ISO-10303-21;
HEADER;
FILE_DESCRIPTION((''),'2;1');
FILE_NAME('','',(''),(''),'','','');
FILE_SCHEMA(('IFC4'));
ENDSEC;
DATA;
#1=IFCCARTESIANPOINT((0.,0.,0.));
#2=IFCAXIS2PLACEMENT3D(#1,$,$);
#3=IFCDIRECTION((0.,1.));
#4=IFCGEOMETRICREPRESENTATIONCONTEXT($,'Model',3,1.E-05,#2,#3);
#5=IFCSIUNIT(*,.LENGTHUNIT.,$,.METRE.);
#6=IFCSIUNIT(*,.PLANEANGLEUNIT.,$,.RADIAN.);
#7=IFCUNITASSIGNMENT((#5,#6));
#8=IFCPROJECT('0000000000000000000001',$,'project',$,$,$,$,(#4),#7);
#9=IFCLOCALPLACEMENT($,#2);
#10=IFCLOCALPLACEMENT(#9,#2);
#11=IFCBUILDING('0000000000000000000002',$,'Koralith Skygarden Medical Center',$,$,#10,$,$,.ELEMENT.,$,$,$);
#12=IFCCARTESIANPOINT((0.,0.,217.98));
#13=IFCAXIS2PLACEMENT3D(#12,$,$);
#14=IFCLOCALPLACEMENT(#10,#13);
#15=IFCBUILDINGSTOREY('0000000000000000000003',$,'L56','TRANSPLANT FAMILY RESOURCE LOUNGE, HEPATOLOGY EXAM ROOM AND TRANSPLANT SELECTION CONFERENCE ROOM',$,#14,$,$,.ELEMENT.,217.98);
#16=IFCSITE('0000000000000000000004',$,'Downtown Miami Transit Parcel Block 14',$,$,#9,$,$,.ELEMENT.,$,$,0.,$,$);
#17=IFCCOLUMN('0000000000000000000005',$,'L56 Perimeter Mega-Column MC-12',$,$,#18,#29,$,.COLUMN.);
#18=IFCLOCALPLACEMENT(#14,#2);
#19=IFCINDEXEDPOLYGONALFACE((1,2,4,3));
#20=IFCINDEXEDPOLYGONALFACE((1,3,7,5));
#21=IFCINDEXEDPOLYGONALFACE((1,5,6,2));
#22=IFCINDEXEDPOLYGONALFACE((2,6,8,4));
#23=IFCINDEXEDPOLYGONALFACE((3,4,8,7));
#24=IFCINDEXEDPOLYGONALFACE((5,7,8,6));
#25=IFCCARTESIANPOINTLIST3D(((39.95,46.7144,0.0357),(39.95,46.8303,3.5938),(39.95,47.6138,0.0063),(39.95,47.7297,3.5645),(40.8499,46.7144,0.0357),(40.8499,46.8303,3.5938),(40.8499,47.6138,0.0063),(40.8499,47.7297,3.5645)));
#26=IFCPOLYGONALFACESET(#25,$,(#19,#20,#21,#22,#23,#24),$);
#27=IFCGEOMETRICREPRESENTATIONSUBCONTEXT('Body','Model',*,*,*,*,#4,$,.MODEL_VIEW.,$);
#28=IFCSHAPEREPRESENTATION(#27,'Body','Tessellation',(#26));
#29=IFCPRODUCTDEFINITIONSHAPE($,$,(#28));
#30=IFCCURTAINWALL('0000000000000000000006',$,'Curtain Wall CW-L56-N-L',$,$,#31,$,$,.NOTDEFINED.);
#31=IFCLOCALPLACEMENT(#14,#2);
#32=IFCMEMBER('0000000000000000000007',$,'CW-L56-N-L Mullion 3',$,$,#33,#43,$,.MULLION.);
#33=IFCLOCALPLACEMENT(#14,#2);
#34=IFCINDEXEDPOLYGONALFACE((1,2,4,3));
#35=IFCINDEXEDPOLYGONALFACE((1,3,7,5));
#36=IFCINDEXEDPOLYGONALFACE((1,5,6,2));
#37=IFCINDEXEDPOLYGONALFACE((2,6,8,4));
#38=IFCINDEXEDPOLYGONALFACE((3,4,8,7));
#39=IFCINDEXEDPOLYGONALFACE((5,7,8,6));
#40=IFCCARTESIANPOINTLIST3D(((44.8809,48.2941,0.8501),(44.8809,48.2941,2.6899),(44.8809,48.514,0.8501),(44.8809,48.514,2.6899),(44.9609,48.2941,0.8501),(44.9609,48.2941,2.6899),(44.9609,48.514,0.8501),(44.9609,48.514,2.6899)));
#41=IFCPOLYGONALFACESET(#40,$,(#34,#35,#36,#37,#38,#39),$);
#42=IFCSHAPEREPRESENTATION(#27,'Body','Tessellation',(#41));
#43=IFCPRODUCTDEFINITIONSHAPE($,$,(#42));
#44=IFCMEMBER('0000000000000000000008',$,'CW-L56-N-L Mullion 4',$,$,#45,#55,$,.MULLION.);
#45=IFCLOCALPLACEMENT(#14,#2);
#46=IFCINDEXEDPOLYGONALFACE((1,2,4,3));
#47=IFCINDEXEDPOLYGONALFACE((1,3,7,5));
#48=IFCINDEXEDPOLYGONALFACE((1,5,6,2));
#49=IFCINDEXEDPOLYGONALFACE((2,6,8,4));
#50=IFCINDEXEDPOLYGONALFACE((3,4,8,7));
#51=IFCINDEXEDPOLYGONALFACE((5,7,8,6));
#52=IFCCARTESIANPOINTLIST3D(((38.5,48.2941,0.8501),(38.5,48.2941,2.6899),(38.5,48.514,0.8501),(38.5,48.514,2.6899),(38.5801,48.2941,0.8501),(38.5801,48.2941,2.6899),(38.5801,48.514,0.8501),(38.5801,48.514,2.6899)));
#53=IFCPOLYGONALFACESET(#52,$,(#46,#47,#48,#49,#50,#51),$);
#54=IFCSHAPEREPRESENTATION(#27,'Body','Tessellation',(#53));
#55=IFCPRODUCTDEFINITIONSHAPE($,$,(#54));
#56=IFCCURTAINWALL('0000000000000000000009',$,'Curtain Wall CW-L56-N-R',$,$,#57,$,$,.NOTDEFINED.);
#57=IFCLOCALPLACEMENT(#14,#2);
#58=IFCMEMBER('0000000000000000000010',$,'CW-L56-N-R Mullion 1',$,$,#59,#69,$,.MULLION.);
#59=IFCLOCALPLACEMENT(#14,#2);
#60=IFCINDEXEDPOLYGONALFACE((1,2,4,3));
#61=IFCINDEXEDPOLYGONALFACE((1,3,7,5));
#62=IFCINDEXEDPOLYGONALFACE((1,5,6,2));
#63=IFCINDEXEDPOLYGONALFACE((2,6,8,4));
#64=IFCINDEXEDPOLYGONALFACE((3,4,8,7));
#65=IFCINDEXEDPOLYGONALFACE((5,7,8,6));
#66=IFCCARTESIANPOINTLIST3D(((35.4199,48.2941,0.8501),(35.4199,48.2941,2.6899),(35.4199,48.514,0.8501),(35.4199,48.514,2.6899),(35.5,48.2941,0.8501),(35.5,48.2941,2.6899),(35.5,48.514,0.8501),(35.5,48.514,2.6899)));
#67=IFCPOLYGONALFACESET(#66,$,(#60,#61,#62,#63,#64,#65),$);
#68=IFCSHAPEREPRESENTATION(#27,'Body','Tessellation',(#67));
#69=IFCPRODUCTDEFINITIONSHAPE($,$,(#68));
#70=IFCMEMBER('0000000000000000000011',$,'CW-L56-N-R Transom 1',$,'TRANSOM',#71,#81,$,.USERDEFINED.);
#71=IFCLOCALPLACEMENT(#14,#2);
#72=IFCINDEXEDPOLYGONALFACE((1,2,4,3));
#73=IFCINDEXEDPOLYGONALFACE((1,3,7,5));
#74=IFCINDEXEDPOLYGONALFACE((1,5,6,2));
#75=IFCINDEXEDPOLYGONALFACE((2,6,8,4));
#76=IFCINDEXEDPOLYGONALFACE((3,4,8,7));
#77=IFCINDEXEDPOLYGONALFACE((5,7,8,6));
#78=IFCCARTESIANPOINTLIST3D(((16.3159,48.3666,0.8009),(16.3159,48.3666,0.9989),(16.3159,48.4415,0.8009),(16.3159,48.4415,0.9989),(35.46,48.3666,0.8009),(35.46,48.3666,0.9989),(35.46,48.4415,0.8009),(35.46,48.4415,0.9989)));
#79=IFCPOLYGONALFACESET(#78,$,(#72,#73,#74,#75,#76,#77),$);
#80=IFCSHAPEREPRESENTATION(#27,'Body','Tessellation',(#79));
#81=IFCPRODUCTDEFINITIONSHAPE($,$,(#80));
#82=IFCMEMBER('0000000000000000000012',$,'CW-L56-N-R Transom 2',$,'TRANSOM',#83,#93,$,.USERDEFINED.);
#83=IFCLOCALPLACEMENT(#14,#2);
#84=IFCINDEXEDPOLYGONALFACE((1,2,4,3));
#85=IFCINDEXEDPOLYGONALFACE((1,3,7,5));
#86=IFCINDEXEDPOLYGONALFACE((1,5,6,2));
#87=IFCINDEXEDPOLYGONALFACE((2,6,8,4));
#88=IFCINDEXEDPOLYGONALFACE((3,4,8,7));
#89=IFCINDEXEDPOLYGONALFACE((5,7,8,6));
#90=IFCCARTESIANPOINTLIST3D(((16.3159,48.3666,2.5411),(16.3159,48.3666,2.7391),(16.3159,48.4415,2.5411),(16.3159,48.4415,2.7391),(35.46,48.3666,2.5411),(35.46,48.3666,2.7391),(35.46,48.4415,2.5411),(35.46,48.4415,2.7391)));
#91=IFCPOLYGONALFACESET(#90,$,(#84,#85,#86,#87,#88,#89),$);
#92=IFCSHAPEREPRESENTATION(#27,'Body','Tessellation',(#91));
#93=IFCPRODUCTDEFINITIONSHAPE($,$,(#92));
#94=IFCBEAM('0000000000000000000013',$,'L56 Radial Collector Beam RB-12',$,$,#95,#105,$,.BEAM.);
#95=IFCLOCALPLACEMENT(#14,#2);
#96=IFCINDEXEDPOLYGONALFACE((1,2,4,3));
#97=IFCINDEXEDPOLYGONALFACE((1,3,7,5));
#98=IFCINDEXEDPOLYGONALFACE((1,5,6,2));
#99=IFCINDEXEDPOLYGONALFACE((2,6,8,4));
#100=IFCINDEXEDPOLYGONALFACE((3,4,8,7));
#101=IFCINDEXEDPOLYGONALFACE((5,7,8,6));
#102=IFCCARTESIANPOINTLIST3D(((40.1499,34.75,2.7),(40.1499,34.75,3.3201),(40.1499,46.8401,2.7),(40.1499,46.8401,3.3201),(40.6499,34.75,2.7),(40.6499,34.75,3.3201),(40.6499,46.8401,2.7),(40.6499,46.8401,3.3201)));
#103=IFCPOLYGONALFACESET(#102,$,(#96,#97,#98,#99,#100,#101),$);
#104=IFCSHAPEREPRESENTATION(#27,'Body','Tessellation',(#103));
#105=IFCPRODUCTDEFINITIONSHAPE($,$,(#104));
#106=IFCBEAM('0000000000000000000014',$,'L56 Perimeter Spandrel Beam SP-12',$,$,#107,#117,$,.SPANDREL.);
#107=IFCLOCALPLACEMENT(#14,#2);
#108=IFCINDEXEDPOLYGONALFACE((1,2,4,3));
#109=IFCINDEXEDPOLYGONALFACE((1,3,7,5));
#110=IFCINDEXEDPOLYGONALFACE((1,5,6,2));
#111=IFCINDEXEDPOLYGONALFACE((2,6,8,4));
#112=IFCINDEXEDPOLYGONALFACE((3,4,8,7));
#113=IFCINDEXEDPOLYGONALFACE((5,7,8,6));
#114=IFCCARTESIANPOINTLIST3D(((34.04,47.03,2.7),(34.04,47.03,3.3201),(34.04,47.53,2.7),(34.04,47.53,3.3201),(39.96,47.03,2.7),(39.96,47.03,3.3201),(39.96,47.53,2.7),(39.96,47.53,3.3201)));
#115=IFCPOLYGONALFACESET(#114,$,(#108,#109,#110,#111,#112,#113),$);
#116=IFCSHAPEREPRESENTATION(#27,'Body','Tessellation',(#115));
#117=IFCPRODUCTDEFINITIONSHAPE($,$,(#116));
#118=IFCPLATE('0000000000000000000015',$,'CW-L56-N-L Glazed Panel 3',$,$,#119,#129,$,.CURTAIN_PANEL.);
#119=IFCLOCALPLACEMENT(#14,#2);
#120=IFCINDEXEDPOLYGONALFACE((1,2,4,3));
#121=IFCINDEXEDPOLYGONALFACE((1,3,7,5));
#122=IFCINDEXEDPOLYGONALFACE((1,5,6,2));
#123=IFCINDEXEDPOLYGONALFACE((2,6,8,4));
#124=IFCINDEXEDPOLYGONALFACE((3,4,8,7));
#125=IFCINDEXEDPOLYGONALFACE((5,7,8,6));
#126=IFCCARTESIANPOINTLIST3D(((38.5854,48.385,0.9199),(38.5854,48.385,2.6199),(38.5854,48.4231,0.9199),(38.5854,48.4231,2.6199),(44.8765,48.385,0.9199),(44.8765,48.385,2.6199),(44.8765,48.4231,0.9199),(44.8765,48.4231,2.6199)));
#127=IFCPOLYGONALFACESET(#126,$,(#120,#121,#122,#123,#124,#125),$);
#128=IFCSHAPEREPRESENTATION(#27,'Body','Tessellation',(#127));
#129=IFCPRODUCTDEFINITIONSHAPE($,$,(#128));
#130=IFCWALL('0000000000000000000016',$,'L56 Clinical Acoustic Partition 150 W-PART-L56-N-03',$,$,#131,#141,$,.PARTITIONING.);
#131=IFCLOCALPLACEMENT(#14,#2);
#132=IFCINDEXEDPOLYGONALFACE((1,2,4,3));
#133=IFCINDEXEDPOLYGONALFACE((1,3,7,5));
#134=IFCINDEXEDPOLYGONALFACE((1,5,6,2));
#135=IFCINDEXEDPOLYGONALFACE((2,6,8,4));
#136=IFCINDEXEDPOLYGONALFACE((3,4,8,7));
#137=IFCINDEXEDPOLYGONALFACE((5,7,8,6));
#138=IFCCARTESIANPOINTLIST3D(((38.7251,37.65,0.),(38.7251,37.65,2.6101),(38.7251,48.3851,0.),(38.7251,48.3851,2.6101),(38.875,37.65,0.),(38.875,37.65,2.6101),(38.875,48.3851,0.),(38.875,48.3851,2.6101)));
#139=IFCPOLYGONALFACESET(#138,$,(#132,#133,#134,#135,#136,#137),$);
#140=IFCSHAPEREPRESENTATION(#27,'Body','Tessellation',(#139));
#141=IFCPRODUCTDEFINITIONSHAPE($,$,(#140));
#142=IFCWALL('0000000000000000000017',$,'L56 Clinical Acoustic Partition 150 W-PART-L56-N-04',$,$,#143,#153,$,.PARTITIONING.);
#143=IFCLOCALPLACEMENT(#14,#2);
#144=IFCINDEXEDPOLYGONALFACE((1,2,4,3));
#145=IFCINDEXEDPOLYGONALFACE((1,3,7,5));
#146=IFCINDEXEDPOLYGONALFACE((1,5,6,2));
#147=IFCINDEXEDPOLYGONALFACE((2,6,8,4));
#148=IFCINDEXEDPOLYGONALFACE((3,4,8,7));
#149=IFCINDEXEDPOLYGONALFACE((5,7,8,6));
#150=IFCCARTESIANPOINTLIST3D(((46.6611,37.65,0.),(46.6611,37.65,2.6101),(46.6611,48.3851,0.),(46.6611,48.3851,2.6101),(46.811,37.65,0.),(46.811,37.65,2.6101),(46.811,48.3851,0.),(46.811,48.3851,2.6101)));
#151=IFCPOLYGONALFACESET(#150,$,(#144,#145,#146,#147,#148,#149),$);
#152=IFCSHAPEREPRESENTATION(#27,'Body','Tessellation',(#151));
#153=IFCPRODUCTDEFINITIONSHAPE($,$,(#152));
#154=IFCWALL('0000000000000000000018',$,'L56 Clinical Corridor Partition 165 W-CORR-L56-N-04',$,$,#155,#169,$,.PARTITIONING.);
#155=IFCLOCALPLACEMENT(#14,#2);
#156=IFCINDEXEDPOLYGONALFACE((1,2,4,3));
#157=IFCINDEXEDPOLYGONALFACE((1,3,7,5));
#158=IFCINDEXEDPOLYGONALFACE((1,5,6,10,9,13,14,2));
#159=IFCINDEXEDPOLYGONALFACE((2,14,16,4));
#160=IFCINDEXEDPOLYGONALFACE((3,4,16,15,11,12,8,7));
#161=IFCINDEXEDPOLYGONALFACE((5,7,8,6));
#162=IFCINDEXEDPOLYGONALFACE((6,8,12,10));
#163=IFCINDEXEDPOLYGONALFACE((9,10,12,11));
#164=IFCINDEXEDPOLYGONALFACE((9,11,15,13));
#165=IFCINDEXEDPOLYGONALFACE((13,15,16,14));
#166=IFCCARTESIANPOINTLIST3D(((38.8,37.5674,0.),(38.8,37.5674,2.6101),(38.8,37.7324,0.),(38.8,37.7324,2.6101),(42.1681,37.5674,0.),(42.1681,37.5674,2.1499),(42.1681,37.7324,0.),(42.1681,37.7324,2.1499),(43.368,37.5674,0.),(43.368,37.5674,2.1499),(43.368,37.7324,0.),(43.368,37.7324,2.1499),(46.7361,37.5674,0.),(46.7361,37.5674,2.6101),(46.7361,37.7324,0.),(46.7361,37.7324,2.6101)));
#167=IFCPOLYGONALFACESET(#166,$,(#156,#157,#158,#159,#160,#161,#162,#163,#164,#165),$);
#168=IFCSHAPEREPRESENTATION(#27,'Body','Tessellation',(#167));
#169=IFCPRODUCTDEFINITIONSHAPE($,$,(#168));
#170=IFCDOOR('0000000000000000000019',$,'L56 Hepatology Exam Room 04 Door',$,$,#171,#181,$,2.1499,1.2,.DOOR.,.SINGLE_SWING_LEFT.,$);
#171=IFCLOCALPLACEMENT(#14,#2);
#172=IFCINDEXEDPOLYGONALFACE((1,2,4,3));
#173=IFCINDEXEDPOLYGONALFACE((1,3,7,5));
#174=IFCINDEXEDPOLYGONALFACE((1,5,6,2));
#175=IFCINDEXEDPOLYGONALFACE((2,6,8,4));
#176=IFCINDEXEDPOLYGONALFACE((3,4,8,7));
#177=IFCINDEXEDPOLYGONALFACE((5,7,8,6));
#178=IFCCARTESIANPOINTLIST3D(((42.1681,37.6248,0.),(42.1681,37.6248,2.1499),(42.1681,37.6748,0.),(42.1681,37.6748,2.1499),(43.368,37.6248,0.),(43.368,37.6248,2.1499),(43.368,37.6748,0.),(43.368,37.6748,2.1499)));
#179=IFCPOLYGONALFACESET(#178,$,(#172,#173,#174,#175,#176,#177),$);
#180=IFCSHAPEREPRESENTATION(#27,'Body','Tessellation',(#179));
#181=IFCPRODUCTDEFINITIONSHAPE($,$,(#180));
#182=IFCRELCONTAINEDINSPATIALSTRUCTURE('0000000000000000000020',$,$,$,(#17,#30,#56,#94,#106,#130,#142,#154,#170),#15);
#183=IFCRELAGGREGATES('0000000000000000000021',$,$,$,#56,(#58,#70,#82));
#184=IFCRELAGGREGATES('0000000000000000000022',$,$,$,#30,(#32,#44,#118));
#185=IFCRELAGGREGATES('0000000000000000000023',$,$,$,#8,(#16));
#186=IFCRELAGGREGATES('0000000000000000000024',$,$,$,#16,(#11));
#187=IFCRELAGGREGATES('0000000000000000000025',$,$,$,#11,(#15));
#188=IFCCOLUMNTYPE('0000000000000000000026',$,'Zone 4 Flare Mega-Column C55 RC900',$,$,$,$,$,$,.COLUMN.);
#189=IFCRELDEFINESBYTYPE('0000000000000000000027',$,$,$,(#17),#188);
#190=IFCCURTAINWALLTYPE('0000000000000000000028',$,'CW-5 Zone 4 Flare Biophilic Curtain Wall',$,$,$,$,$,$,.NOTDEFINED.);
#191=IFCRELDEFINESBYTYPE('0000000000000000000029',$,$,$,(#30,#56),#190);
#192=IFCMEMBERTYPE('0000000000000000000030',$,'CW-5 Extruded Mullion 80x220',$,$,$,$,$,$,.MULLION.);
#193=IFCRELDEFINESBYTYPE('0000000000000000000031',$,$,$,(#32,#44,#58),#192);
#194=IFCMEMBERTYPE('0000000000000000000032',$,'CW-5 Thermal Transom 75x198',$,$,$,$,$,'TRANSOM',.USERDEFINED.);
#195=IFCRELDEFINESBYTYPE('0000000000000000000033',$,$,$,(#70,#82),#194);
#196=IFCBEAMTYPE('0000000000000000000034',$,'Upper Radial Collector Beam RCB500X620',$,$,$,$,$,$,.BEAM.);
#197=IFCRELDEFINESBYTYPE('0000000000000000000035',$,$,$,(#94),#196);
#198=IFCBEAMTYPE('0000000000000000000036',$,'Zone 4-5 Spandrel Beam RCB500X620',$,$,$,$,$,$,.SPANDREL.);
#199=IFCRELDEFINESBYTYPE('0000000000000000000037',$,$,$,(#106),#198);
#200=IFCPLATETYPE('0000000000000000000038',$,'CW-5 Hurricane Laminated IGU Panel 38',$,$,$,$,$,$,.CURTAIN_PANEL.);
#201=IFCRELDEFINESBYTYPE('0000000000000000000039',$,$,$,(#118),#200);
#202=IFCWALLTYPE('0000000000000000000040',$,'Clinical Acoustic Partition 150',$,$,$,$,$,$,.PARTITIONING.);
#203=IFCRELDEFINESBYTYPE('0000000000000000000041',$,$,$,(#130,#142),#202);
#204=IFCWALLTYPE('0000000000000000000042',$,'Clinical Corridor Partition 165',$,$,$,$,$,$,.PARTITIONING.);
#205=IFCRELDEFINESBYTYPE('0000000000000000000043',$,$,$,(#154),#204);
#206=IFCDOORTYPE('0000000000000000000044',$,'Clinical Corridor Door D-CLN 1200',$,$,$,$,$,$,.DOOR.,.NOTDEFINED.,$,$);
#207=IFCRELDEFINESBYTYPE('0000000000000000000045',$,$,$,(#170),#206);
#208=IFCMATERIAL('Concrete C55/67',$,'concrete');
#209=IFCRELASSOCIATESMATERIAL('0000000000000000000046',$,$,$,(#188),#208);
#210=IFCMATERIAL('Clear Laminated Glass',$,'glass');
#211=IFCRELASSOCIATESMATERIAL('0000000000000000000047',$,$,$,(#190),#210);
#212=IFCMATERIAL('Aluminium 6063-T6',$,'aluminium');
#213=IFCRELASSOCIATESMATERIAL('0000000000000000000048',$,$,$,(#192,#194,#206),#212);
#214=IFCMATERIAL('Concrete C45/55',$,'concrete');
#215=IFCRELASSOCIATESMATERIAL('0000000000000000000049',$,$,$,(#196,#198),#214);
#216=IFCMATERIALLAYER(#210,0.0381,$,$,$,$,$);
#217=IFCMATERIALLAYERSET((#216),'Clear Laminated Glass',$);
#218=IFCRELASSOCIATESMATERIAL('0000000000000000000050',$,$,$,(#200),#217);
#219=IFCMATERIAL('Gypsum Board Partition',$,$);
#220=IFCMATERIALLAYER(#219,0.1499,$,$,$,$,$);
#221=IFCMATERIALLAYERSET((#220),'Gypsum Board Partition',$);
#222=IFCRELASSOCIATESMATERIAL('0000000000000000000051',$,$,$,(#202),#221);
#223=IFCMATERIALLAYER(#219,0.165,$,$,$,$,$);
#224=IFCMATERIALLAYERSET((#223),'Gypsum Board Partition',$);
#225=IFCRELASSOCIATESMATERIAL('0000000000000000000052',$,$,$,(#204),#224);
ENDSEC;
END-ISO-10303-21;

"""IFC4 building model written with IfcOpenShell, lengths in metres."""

from ifc_helpers import new_model, si_unit, direction, frame, frame_2d, origin, origin_2d, place, context, subcontext, project, spatial, rectangle, extrude, material, layer, layer_set, material_profile, profile_set, type_object, element, fill, aggregate, save


model = new_model("IFC4")

# Units and contexts
model_context = context("Model", 3, precision=1e-05, world=origin(), true_north=direction((0.0, 1.0)))
body_context = subcontext(model_context, "Body", "Model", "MODEL_VIEW")
ifc_project = project(units=[si_unit("LENGTHUNIT", "METRE"), si_unit("PLANEANGLEUNIT", "RADIAN")], contexts=[model_context])

# Site, building, storey
site_placement = place(None, origin())
site = spatial("IfcSite", under=ifc_project, at=site_placement, Name="Downtown Miami Transit Parcel Block 14", CompositionType="ELEMENT", RefElevation=0.0)
building_placement = place(site_placement, origin())
building = spatial("IfcBuilding", under=site, at=building_placement, Name="Koralith Skygarden Medical Center", CompositionType="ELEMENT")
storey_placement = place(building_placement, frame((0.0, 0.0, 217.98)))
storey = spatial("IfcBuildingStorey", under=building, at=storey_placement, Name="L56", Description="TRANSPLANT FAMILY RESOURCE LOUNGE, HEPATOLOGY EXAM ROOM AND TRANSPLANT SELECTION CONFERENCE ROOM", CompositionType="ELEMENT", Elevation=217.98)

# Column
ifc_material_1 = material(Name="Concrete C55/67", Category="concrete")
ifc_material_profile_1 = material_profile(ifc_material_1, rectangle(XDim=0.8999, YDim=0.8999, at=origin_2d()), Name="RC900X900")
ifc_profile_set_1 = profile_set([ifc_material_profile_1], Name="Concrete C55/67")
column_type = type_object("IfcColumnType", Name="Zone 4 Flare Mega-Column C55 RC900", PredefinedType="COLUMN", material=ifc_profile_set_1)
column_placement = place(storey_placement, frame((40.3999, 47.1641, 0.021), z_axis=(0.0, 0.032575, 0.999469), x_axis=(-1.0, 0.0, 0.0)))
element("IfcColumn", 1, at=column_placement, inside=storey, type_object=column_type, Name="L56 Perimeter Mega-Column MC-12", PredefinedType="COLUMN", context=body_context, shape_type="SweptSolid", body=[
    extrude(rectangle(XDim=0.8999, YDim=0.8999, at=origin_2d()), origin(), (0.0, 0.0, 1.0), 3.5601),
])

# Curtain walls, members
ifc_material_2 = material(Name="Clear Laminated Glass", Category="glass")
curtain_wall_type = type_object("IfcCurtainWallType", Name="CW-5 Zone 4 Flare Biophilic Curtain Wall", PredefinedType="NOTDEFINED", material=ifc_material_2)
curtain_wall_1_placement = place(storey_placement, origin())
curtain_wall_1 = element("IfcCurtainWall", 2, at=curtain_wall_1_placement, inside=storey, type_object=curtain_wall_type, Name="Curtain Wall CW-L56-N-L", PredefinedType="NOTDEFINED")
ifc_material_3 = material(Name="Aluminium 6063-T6", Category="aluminium")
ifc_material_profile_2 = material_profile(ifc_material_3, rectangle(XDim=0.0801, YDim=0.22, at=origin_2d()), Name="MUL80X220")
ifc_profile_set_2 = profile_set([ifc_material_profile_2], Name="Aluminium 6063-T6")
member_type_1 = type_object("IfcMemberType", Name="CW-5 Extruded Mullion 80x220", PredefinedType="MULLION", material=ifc_profile_set_2)
member_1_placement = place(storey_placement, frame((44.9209, 48.4041, 0.8501), z_axis=(0.0, 0.0, 1.0), x_axis=(1.0, 0.0, 0.0)))
member_1 = element("IfcMember", 3, at=member_1_placement, type_object=member_type_1, Name="CW-L56-N-L Mullion 3", PredefinedType="MULLION", context=body_context, shape_type="SweptSolid", body=[
    extrude(rectangle(XDim=0.0801, YDim=0.22, at=origin_2d()), origin(), (0.0, 0.0, 1.0), 1.8398),
])
member_2_placement = place(storey_placement, frame((38.54, 48.4041, 0.8501), z_axis=(0.0, 0.0, 1.0), x_axis=(1.0, 0.0, 0.0)))
member_2 = element("IfcMember", 4, at=member_2_placement, type_object=member_type_1, Name="CW-L56-N-L Mullion 4", PredefinedType="MULLION", context=body_context, shape_type="SweptSolid", body=[
    extrude(rectangle(XDim=0.0801, YDim=0.22, at=origin_2d()), origin(), (0.0, 0.0, 1.0), 1.8398),
])
curtain_wall_2_placement = place(storey_placement, origin())
curtain_wall_2 = element("IfcCurtainWall", 5, at=curtain_wall_2_placement, inside=storey, type_object=curtain_wall_type, Name="Curtain Wall CW-L56-N-R", PredefinedType="NOTDEFINED")
member_3_placement = place(storey_placement, frame((35.46, 48.4041, 0.8501), z_axis=(0.0, 0.0, 1.0), x_axis=(1.0, 0.0, 0.0)))
member_3 = element("IfcMember", 6, at=member_3_placement, type_object=member_type_1, Name="CW-L56-N-R Mullion 1", PredefinedType="MULLION", context=body_context, shape_type="SweptSolid", body=[
    extrude(rectangle(XDim=0.0801, YDim=0.22, at=origin_2d()), origin(), (0.0, 0.0, 1.0), 1.8398),
])
ifc_material_profile_3 = material_profile(ifc_material_3, rectangle(XDim=0.075, YDim=0.198, at=origin_2d()), Name="TRN75X198")
ifc_profile_set_3 = profile_set([ifc_material_profile_3], Name="Aluminium 6063-T6")
member_type_2 = type_object("IfcMemberType", Name="CW-5 Thermal Transom 75x198", ElementType="TRANSOM", PredefinedType="USERDEFINED", material=ifc_profile_set_3)
member_4_placement = place(storey_placement, frame((35.46, 48.4041, 0.8999), z_axis=(-1.0, 0.0, 0.0), x_axis=(0.0, -1.0, 0.0)))
member_4 = element("IfcMember", 7, at=member_4_placement, type_object=member_type_2, Name="CW-L56-N-R Transom 1", ObjectType="TRANSOM", PredefinedType="USERDEFINED", context=body_context, shape_type="SweptSolid", body=[
    extrude(rectangle(XDim=0.075, YDim=0.198, at=origin_2d()), origin(), (0.0, 0.0, 1.0), 19.144),
])
member_5_placement = place(storey_placement, frame((35.46, 48.4041, 2.6401), z_axis=(-1.0, 0.0, 0.0), x_axis=(0.0, -1.0, 0.0)))
member_5 = element("IfcMember", 8, at=member_5_placement, type_object=member_type_2, Name="CW-L56-N-R Transom 2", ObjectType="TRANSOM", PredefinedType="USERDEFINED", context=body_context, shape_type="SweptSolid", body=[
    extrude(rectangle(XDim=0.075, YDim=0.198, at=origin_2d()), origin(), (0.0, 0.0, 1.0), 19.144),
])
aggregate(curtain_wall_2, [member_3, member_4, member_5])

# Beams
ifc_material_4 = material(Name="Concrete C45/55", Category="concrete")
ifc_material_profile_4 = material_profile(ifc_material_4, rectangle(XDim=0.5, YDim=0.6201, at=origin_2d()), Name="RCB500X620")
ifc_profile_set_4 = profile_set([ifc_material_profile_4], Name="Concrete C45/55")
beam_type_1 = type_object("IfcBeamType", Name="Upper Radial Collector Beam RCB500X620", PredefinedType="BEAM", material=ifc_profile_set_4)
beam_1_placement = place(storey_placement, frame((40.3999, 34.75, 3.01), z_axis=(0.0, 1.0, 0.0), x_axis=(-1.0, 0.0, 0.0)))
element("IfcBeam", 9, at=beam_1_placement, inside=storey, type_object=beam_type_1, Name="L56 Radial Collector Beam RB-12", PredefinedType="BEAM", context=body_context, shape_type="SweptSolid", body=[
    extrude(rectangle(XDim=0.5, YDim=0.6201, at=origin_2d()), origin(), (0.0, 0.0, 1.0), 12.0901),
])
ifc_material_profile_5 = material_profile(ifc_material_4, rectangle(XDim=0.5, YDim=0.6201, at=origin_2d()), Name="RCB500X620")
ifc_profile_set_5 = profile_set([ifc_material_profile_5], Name="Concrete C45/55")
beam_type_2 = type_object("IfcBeamType", Name="Zone 4-5 Spandrel Beam RCB500X620", PredefinedType="SPANDREL", material=ifc_profile_set_5)
beam_2_placement = place(storey_placement, frame((39.96, 47.28, 3.01), z_axis=(-1.0, 0.0, 0.0), x_axis=(0.0, -1.0, 0.0)))
element("IfcBeam", 10, at=beam_2_placement, inside=storey, type_object=beam_type_2, Name="L56 Perimeter Spandrel Beam SP-12", PredefinedType="SPANDREL", context=body_context, shape_type="SweptSolid", body=[
    extrude(rectangle(XDim=0.5, YDim=0.6201, at=origin_2d()), origin(), (0.0, 0.0, 1.0), 5.9199),
])

# Plate
ifc_layer_1 = layer(ifc_material_2, 0.0381)
ifc_layer_set_1 = layer_set([ifc_layer_1], Name="Clear Laminated Glass")
plate_type = type_object("IfcPlateType", Name="CW-5 Hurricane Laminated IGU Panel 38", PredefinedType="CURTAIN_PANEL", material=ifc_layer_set_1)
plate_placement = place(storey_placement, frame((41.731, 48.4041, 0.9199), z_axis=(0.0, 0.0, 1.0), x_axis=(-1.0, 0.0, 0.0)))
plate = element("IfcPlate", 11, at=plate_placement, type_object=plate_type, Name="CW-L56-N-L Glazed Panel 3", PredefinedType="CURTAIN_PANEL", context=body_context, shape_type="SweptSolid", body=[
    extrude(rectangle(XDim=6.291, YDim=0.0381, at=origin_2d()), origin(), (0.0, 0.0, 1.0), 1.7),
])
aggregate(curtain_wall_1, [member_1, member_2, plate])

# Walls
ifc_material_5 = material(Name="Gypsum Board Partition")
ifc_layer_2 = layer(ifc_material_5, 0.1499)
ifc_layer_set_2 = layer_set([ifc_layer_2], Name="Gypsum Board Partition")
wall_type_1 = type_object("IfcWallType", Name="Clinical Acoustic Partition 150", PredefinedType="PARTITIONING", material=ifc_layer_set_2)
for number, where, z_axis, x_axis, name in (
    (12, (38.8, 37.6499, 0.0), (0.0, 0.0, 1.0), (0.0, 1.0, 0.0), "L56 Clinical Acoustic Partition 150 W-PART-L56-N-03"),
    (13, (46.7361, 37.6499, 0.0), (0.0, 0.0, 1.0), (0.0, 1.0, 0.0), "L56 Clinical Acoustic Partition 150 W-PART-L56-N-04"),
):
    element("IfcWall", number, at=place(storey_placement, frame(where, z_axis=z_axis, x_axis=x_axis)), inside=storey, type_object=wall_type_1, Name=name, PredefinedType="PARTITIONING", context=body_context, shape_type="SweptSolid", body=[
        extrude(rectangle(XDim=10.7351, YDim=0.1499, at=frame_2d((5.3677, 0.0))), origin(), (0.0, 0.0, 1.0), 2.6101),
    ])

# Wall, opening, door
ifc_layer_3 = layer(ifc_material_5, 0.165)
ifc_layer_set_3 = layer_set([ifc_layer_3], Name="Gypsum Board Partition")
wall_type_2 = type_object("IfcWallType", Name="Clinical Corridor Partition 165", PredefinedType="PARTITIONING", material=ifc_layer_set_3)
wall_1_placement = place(storey_placement, frame((38.8, 37.6499, 0.0), z_axis=(0.0, 0.0, 1.0), x_axis=(1.0, 0.0, 0.0)))
wall_1 = element("IfcWall", 14, at=wall_1_placement, inside=storey, type_object=wall_type_2, Name="L56 Clinical Corridor Partition 165 W-CORR-L56-N-04", PredefinedType="PARTITIONING", context=body_context, shape_type="SweptSolid", body=[
    extrude(rectangle(XDim=7.936, YDim=0.165, at=frame_2d((3.968, 0.0))), origin(), (0.0, 0.0, 1.0), 2.6101),
])
opening_1_placement = place(wall_1_placement, frame((3.3679, 0.0, 0.0)))
opening_1 = element("IfcOpeningElement", 15, at=opening_1_placement, cuts=wall_1, PredefinedType="OPENING", context=body_context, shape_type="SweptSolid", body=[
    extrude(rectangle(XDim=1.2, YDim=2.1499, at=frame_2d((0.6001, 1.075))), frame((0.0, 0.0925, 0.0), z_axis=(0.0, -1.0, 0.0), x_axis=(1.0, 0.0, 0.0)), (0.0, 0.0, 1.0), 0.1851),
])
door_type_1 = type_object("IfcDoorType", Name="Clinical Corridor Door D-CLN 1200", OperationType="NOTDEFINED", PredefinedType="DOOR", material=ifc_material_3)
door_1_placement = place(opening_1_placement, origin())
door_1 = element("IfcDoor", 16, at=door_1_placement, inside=storey, type_object=door_type_1, Name="L56 Hepatology Exam Room 04 Door", OperationType="SINGLE_SWING_LEFT", OverallHeight=2.1499, OverallWidth=1.2, PredefinedType="DOOR", context=body_context, shape_type="SweptSolid", body=[
    extrude(rectangle(XDim=1.2, YDim=2.1499, at=frame_2d((0.6001, 1.075))), frame((0.0, 0.0249, 0.0), z_axis=(0.0, -1.0, 0.0), x_axis=(1.0, 0.0, 0.0)), (0.0, 0.0, 1.0), 0.05),
])
fill(opening_1, door_1)

save(model, "model.ifc")
